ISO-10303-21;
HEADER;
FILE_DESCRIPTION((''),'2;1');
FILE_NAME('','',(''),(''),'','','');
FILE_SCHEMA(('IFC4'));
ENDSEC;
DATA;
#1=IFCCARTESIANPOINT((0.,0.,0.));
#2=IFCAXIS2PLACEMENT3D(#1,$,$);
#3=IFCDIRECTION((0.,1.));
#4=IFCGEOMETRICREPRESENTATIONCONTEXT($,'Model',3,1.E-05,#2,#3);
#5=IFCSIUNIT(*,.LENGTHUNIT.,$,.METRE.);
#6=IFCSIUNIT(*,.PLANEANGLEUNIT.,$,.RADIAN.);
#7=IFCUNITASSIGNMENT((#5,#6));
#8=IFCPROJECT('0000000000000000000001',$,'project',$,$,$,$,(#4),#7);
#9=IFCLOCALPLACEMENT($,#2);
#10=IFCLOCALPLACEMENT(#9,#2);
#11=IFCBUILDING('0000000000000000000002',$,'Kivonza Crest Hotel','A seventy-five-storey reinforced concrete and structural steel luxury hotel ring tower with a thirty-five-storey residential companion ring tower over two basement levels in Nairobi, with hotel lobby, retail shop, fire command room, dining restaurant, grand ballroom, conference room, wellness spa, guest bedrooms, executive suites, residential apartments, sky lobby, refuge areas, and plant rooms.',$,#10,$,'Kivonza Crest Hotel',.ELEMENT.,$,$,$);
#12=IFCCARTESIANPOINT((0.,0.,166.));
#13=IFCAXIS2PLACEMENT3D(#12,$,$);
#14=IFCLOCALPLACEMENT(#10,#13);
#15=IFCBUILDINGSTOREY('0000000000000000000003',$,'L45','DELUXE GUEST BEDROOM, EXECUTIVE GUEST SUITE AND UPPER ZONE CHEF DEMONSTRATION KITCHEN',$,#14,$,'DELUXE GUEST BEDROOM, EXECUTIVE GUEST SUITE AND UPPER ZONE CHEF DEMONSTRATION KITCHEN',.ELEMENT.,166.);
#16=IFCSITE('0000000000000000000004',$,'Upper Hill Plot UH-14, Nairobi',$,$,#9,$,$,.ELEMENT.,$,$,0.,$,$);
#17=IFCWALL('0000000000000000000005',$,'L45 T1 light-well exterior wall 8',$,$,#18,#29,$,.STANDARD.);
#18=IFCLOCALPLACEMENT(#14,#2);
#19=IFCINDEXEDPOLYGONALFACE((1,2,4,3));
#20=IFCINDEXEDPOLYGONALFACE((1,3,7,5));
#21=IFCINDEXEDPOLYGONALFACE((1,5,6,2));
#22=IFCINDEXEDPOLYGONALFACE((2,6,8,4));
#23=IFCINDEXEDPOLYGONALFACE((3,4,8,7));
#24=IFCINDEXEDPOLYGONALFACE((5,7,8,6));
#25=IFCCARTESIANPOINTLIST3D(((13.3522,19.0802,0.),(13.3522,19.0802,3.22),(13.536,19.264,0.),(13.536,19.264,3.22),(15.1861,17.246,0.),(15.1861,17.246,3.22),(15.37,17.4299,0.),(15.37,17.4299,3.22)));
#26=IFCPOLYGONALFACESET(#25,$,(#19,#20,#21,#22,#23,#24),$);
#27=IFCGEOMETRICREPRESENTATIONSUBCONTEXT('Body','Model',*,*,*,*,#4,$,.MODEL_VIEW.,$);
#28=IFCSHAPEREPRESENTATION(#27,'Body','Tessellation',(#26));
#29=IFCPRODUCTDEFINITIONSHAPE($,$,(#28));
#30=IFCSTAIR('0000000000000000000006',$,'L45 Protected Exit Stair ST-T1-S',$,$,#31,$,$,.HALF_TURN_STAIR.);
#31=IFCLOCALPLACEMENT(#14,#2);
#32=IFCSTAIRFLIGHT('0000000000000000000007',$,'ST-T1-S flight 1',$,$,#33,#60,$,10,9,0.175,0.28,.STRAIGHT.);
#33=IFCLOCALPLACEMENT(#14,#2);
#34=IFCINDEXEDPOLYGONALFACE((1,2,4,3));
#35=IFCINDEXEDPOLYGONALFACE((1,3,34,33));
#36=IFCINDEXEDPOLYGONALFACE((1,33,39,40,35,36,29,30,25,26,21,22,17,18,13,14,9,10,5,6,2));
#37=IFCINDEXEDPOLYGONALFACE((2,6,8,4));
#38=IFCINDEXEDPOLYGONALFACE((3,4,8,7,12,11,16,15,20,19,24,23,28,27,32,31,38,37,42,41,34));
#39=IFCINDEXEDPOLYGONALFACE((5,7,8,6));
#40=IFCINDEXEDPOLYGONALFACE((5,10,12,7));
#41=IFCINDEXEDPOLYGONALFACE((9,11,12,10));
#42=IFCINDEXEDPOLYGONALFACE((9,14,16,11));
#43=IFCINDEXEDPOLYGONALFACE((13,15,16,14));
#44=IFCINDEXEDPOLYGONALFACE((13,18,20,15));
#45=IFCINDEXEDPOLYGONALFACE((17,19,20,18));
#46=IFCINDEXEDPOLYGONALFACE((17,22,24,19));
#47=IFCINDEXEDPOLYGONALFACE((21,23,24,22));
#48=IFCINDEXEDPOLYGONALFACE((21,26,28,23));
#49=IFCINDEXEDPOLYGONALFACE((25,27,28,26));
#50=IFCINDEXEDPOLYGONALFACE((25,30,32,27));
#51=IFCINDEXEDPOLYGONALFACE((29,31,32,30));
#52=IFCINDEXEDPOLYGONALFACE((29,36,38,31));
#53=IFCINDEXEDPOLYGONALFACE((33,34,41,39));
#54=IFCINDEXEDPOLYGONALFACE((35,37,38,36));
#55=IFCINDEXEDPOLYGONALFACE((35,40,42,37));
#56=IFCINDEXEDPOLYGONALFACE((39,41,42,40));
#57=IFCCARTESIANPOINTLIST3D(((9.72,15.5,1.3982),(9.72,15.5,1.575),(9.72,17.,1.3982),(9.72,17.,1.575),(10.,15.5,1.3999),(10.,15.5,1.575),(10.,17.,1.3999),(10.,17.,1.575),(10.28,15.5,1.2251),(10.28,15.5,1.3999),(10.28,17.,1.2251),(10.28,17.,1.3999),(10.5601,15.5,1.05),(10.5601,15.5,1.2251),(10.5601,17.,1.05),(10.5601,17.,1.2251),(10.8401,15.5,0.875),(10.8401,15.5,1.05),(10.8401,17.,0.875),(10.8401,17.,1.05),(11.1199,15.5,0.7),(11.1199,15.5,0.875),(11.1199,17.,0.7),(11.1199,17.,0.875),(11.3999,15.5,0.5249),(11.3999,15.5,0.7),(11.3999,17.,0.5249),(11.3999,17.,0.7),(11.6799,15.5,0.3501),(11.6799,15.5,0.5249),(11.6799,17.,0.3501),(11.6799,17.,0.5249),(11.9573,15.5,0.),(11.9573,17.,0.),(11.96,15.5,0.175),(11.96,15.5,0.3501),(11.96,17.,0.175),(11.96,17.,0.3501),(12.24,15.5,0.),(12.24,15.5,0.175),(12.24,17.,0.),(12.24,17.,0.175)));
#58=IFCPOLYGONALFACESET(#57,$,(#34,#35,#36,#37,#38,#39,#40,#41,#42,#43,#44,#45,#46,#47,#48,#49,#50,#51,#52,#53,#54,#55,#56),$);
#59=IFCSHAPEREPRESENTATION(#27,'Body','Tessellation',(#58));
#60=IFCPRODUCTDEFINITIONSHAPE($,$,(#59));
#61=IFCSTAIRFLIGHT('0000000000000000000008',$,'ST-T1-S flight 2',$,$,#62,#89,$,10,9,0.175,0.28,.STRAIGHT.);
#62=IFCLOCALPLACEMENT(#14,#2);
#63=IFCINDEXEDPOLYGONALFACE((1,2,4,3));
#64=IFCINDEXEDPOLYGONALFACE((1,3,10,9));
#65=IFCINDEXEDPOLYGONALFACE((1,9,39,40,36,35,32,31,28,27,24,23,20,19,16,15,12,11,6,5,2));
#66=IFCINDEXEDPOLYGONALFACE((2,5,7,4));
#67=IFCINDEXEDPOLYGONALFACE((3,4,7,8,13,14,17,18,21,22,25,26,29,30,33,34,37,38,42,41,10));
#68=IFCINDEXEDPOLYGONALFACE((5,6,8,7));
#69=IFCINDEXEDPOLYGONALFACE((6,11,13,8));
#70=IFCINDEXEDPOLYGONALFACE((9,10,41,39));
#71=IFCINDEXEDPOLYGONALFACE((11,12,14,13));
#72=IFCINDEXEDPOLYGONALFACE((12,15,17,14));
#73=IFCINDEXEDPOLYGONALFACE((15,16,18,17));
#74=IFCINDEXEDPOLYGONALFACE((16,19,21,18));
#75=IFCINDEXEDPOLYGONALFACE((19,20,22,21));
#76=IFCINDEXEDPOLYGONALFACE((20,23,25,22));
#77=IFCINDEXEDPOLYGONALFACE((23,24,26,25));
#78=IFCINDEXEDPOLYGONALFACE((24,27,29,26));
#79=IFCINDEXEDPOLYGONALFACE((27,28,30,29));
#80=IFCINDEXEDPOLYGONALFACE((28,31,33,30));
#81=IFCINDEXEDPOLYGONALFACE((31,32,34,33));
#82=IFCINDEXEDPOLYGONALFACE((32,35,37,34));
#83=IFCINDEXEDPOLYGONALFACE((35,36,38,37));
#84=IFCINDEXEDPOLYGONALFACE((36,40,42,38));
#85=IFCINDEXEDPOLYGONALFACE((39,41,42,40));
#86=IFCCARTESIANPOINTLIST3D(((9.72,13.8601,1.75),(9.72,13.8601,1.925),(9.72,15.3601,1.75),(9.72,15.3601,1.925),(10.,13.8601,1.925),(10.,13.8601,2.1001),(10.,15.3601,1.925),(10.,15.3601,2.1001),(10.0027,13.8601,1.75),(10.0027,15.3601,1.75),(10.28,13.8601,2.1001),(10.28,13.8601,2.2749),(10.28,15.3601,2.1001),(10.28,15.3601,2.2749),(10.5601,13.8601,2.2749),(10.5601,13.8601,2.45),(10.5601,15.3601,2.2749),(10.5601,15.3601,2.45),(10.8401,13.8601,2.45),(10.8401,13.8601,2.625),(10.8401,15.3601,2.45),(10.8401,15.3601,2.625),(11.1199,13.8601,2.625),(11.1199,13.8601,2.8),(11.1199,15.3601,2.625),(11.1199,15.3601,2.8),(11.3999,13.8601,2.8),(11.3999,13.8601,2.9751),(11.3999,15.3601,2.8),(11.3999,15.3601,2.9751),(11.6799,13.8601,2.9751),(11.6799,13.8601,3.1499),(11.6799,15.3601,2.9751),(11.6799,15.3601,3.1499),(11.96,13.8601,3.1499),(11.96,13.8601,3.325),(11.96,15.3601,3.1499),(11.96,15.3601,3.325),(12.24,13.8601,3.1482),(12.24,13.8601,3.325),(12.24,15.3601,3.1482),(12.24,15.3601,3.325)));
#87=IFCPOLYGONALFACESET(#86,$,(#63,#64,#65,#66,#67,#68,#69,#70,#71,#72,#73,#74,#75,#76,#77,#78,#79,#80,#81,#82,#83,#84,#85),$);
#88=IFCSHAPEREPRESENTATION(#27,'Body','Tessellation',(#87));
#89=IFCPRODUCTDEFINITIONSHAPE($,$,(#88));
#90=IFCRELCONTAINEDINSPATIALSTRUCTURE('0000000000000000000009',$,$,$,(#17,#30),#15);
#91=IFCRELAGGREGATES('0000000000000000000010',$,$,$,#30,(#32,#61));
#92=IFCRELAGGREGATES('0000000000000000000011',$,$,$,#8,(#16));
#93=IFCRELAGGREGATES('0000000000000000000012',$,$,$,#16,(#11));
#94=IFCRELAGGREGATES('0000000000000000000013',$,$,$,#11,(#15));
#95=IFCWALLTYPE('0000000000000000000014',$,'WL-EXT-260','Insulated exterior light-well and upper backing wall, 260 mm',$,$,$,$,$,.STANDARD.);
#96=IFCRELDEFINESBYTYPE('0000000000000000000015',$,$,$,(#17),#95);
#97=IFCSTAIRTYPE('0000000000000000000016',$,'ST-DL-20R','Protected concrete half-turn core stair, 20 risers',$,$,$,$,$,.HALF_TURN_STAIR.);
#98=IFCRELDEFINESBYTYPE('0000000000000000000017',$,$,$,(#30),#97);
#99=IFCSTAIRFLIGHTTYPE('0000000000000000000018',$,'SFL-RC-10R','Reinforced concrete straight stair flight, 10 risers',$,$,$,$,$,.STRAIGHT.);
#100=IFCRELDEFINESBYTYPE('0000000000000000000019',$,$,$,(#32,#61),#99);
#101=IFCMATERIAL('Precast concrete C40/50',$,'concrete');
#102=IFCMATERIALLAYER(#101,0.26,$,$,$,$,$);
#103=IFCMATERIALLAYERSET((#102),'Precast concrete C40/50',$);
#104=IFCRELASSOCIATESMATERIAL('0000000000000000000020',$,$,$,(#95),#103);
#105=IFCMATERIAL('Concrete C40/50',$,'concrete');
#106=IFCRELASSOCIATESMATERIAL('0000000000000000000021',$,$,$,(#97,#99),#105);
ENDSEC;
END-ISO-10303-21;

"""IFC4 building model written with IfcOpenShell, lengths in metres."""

from ifc_helpers import new_model, si_unit, direction, frame, frame_2d, origin, place, context, subcontext, project, spatial, polyline, rectangle, outline, extrude, material, layer, layer_set, type_object, element, aggregate, save


model = new_model("IFC4")

# Units and contexts
model_context = context("Model", 3, precision=1e-05, world=origin(), true_north=direction((0.0, 1.0)))
body_context = subcontext(model_context, "Body", "Model", "MODEL_VIEW")
ifc_project = project(units=[si_unit("LENGTHUNIT", "METRE"), si_unit("PLANEANGLEUNIT", "RADIAN")], contexts=[model_context])

# Site, building, storey
site_placement = place(None, origin())
site = spatial("IfcSite", under=ifc_project, at=site_placement, Name="Upper Hill Plot UH-14, Nairobi", CompositionType="ELEMENT", RefElevation=0.0)
building_placement = place(site_placement, origin())
building = spatial("IfcBuilding", under=site, at=building_placement, Name="Kivonza Crest Hotel", Description="A seventy-five-storey reinforced concrete and structural steel luxury hotel ring tower with a thirty-five-storey residential companion ring tower over two basement levels in Nairobi, with hotel lobby, retail shop, fire command room, dining restaurant, grand ballroom, conference room, wellness spa, guest bedrooms, executive suites, residential apartments, sky lobby, refuge areas, and plant rooms.", LongName="Kivonza Crest Hotel", CompositionType="ELEMENT")
storey_placement = place(building_placement, frame((0.0, 0.0, 166.0)))
storey = spatial("IfcBuildingStorey", under=building, at=storey_placement, Name="L45", Description="DELUXE GUEST BEDROOM, EXECUTIVE GUEST SUITE AND UPPER ZONE CHEF DEMONSTRATION KITCHEN", LongName="DELUXE GUEST BEDROOM, EXECUTIVE GUEST SUITE AND UPPER ZONE CHEF DEMONSTRATION KITCHEN", CompositionType="ELEMENT", Elevation=166.0)

# Wall
ifc_material_1 = material(Name="Precast concrete C40/50", Category="concrete")
ifc_layer_1 = layer(ifc_material_1, 0.26)
ifc_layer_set_1 = layer_set([ifc_layer_1], Name="Precast concrete C40/50")
wall_type_1 = type_object("IfcWallType", Name="WL-EXT-260", Description="Insulated exterior light-well and upper backing wall, 260 mm", PredefinedType="STANDARD", material=ifc_layer_set_1)
wall_1_placement = place(storey_placement, frame((13.4441, 19.1721, 0.0), z_axis=(0.0, 0.0, 1.0), x_axis=(0.70706, -0.707154, 0.0)))
element("IfcWall", 1, at=wall_1_placement, inside=storey, type_object=wall_type_1, Name="L45 T1 light-well exterior wall 8", PredefinedType="STANDARD", context=body_context, shape_type="SweptSolid", body=[
    extrude(rectangle(XDim=2.5938, YDim=0.26, at=frame_2d((1.2969, 0.0))), origin(), (0.0, 0.0, 1.0), 3.22),
])

# Stair, stair flights
ifc_material_2 = material(Name="Concrete C40/50", Category="concrete")
stair_type = type_object("IfcStairType", Name="ST-DL-20R", Description="Protected concrete half-turn core stair, 20 risers", PredefinedType="HALF_TURN_STAIR", material=ifc_material_2)
stair_placement = place(storey_placement, origin())
stair = element("IfcStair", 2, at=stair_placement, inside=storey, type_object=stair_type, Name="L45 Protected Exit Stair ST-T1-S", PredefinedType="HALF_TURN_STAIR")
stair_flight_type = type_object("IfcStairFlightType", Name="SFL-RC-10R", Description="Reinforced concrete straight stair flight, 10 risers", PredefinedType="STRAIGHT", material=ifc_material_2)
stair_flight_1_placement = place(storey_placement, frame((12.24, 16.25, 0.0), z_axis=(0.0, 0.0, 1.0), x_axis=(-1.0, 0.0, 0.0)))
stair_flight_1 = element("IfcStairFlight", 3, at=stair_flight_1_placement, type_object=stair_flight_type, Name="ST-T1-S flight 1", NumberOfRisers=10, NumberOfTreads=9, PredefinedType="STRAIGHT", RiserHeight=0.175, TreadLength=0.28, context=body_context, shape_type="SweptSolid", body=[
    extrude(outline(polyline([(0.0, 0.0), (0.0, 0.175), (0.28, 0.175), (0.28, 0.3501), (0.5601, 0.3501), (0.5601, 0.5249), (0.8401, 0.5249), (0.8401, 0.7), (1.1201, 0.7), (1.1201, 0.875), (1.3999, 0.875), (1.3999, 1.05), (1.6799, 1.05), (1.6799, 1.2251), (1.96, 1.2251), (1.96, 1.3999), (2.24, 1.3999), (2.24, 1.575), (2.52, 1.575), (2.52, 1.75), (2.52, 1.3982), (0.2827, 0.0), (0.0, 0.0)])), frame((0.0, 0.75, 0.0), z_axis=(0.0, -1.0, 0.0), x_axis=(1.0, 0.0, 0.0)), (0.0, 0.0, 1.0), 1.5),
])
stair_flight_2_placement = place(storey_placement, frame((9.72, 14.6101, 1.75), z_axis=(0.0, 0.0, 1.0), x_axis=(1.0, 0.0, 0.0)))
stair_flight_2 = element("IfcStairFlight", 4, at=stair_flight_2_placement, type_object=stair_flight_type, Name="ST-T1-S flight 2", NumberOfRisers=10, NumberOfTreads=9, PredefinedType="STRAIGHT", RiserHeight=0.175, TreadLength=0.28, context=body_context, shape_type="SweptSolid", body=[
    extrude(outline(polyline([(0.0, 0.0), (0.0, 0.175), (0.28, 0.175), (0.28, 0.3501), (0.5601, 0.3501), (0.5601, 0.5249), (0.8401, 0.5249), (0.8401, 0.7), (1.1201, 0.7), (1.1201, 0.875), (1.3999, 0.875), (1.3999, 1.05), (1.6799, 1.05), (1.6799, 1.2251), (1.96, 1.2251), (1.96, 1.3999), (2.24, 1.3999), (2.24, 1.575), (2.52, 1.575), (2.52, 1.75), (2.52, 1.3982), (0.2827, 0.0), (0.0, 0.0)])), frame((0.0, 0.75, 0.0), z_axis=(0.0, -1.0, 0.0), x_axis=(1.0, 0.0, 0.0)), (0.0, 0.0, 1.0), 1.5),
])
aggregate(stair, [stair_flight_1, stair_flight_2])

save(model, "model.ifc")
